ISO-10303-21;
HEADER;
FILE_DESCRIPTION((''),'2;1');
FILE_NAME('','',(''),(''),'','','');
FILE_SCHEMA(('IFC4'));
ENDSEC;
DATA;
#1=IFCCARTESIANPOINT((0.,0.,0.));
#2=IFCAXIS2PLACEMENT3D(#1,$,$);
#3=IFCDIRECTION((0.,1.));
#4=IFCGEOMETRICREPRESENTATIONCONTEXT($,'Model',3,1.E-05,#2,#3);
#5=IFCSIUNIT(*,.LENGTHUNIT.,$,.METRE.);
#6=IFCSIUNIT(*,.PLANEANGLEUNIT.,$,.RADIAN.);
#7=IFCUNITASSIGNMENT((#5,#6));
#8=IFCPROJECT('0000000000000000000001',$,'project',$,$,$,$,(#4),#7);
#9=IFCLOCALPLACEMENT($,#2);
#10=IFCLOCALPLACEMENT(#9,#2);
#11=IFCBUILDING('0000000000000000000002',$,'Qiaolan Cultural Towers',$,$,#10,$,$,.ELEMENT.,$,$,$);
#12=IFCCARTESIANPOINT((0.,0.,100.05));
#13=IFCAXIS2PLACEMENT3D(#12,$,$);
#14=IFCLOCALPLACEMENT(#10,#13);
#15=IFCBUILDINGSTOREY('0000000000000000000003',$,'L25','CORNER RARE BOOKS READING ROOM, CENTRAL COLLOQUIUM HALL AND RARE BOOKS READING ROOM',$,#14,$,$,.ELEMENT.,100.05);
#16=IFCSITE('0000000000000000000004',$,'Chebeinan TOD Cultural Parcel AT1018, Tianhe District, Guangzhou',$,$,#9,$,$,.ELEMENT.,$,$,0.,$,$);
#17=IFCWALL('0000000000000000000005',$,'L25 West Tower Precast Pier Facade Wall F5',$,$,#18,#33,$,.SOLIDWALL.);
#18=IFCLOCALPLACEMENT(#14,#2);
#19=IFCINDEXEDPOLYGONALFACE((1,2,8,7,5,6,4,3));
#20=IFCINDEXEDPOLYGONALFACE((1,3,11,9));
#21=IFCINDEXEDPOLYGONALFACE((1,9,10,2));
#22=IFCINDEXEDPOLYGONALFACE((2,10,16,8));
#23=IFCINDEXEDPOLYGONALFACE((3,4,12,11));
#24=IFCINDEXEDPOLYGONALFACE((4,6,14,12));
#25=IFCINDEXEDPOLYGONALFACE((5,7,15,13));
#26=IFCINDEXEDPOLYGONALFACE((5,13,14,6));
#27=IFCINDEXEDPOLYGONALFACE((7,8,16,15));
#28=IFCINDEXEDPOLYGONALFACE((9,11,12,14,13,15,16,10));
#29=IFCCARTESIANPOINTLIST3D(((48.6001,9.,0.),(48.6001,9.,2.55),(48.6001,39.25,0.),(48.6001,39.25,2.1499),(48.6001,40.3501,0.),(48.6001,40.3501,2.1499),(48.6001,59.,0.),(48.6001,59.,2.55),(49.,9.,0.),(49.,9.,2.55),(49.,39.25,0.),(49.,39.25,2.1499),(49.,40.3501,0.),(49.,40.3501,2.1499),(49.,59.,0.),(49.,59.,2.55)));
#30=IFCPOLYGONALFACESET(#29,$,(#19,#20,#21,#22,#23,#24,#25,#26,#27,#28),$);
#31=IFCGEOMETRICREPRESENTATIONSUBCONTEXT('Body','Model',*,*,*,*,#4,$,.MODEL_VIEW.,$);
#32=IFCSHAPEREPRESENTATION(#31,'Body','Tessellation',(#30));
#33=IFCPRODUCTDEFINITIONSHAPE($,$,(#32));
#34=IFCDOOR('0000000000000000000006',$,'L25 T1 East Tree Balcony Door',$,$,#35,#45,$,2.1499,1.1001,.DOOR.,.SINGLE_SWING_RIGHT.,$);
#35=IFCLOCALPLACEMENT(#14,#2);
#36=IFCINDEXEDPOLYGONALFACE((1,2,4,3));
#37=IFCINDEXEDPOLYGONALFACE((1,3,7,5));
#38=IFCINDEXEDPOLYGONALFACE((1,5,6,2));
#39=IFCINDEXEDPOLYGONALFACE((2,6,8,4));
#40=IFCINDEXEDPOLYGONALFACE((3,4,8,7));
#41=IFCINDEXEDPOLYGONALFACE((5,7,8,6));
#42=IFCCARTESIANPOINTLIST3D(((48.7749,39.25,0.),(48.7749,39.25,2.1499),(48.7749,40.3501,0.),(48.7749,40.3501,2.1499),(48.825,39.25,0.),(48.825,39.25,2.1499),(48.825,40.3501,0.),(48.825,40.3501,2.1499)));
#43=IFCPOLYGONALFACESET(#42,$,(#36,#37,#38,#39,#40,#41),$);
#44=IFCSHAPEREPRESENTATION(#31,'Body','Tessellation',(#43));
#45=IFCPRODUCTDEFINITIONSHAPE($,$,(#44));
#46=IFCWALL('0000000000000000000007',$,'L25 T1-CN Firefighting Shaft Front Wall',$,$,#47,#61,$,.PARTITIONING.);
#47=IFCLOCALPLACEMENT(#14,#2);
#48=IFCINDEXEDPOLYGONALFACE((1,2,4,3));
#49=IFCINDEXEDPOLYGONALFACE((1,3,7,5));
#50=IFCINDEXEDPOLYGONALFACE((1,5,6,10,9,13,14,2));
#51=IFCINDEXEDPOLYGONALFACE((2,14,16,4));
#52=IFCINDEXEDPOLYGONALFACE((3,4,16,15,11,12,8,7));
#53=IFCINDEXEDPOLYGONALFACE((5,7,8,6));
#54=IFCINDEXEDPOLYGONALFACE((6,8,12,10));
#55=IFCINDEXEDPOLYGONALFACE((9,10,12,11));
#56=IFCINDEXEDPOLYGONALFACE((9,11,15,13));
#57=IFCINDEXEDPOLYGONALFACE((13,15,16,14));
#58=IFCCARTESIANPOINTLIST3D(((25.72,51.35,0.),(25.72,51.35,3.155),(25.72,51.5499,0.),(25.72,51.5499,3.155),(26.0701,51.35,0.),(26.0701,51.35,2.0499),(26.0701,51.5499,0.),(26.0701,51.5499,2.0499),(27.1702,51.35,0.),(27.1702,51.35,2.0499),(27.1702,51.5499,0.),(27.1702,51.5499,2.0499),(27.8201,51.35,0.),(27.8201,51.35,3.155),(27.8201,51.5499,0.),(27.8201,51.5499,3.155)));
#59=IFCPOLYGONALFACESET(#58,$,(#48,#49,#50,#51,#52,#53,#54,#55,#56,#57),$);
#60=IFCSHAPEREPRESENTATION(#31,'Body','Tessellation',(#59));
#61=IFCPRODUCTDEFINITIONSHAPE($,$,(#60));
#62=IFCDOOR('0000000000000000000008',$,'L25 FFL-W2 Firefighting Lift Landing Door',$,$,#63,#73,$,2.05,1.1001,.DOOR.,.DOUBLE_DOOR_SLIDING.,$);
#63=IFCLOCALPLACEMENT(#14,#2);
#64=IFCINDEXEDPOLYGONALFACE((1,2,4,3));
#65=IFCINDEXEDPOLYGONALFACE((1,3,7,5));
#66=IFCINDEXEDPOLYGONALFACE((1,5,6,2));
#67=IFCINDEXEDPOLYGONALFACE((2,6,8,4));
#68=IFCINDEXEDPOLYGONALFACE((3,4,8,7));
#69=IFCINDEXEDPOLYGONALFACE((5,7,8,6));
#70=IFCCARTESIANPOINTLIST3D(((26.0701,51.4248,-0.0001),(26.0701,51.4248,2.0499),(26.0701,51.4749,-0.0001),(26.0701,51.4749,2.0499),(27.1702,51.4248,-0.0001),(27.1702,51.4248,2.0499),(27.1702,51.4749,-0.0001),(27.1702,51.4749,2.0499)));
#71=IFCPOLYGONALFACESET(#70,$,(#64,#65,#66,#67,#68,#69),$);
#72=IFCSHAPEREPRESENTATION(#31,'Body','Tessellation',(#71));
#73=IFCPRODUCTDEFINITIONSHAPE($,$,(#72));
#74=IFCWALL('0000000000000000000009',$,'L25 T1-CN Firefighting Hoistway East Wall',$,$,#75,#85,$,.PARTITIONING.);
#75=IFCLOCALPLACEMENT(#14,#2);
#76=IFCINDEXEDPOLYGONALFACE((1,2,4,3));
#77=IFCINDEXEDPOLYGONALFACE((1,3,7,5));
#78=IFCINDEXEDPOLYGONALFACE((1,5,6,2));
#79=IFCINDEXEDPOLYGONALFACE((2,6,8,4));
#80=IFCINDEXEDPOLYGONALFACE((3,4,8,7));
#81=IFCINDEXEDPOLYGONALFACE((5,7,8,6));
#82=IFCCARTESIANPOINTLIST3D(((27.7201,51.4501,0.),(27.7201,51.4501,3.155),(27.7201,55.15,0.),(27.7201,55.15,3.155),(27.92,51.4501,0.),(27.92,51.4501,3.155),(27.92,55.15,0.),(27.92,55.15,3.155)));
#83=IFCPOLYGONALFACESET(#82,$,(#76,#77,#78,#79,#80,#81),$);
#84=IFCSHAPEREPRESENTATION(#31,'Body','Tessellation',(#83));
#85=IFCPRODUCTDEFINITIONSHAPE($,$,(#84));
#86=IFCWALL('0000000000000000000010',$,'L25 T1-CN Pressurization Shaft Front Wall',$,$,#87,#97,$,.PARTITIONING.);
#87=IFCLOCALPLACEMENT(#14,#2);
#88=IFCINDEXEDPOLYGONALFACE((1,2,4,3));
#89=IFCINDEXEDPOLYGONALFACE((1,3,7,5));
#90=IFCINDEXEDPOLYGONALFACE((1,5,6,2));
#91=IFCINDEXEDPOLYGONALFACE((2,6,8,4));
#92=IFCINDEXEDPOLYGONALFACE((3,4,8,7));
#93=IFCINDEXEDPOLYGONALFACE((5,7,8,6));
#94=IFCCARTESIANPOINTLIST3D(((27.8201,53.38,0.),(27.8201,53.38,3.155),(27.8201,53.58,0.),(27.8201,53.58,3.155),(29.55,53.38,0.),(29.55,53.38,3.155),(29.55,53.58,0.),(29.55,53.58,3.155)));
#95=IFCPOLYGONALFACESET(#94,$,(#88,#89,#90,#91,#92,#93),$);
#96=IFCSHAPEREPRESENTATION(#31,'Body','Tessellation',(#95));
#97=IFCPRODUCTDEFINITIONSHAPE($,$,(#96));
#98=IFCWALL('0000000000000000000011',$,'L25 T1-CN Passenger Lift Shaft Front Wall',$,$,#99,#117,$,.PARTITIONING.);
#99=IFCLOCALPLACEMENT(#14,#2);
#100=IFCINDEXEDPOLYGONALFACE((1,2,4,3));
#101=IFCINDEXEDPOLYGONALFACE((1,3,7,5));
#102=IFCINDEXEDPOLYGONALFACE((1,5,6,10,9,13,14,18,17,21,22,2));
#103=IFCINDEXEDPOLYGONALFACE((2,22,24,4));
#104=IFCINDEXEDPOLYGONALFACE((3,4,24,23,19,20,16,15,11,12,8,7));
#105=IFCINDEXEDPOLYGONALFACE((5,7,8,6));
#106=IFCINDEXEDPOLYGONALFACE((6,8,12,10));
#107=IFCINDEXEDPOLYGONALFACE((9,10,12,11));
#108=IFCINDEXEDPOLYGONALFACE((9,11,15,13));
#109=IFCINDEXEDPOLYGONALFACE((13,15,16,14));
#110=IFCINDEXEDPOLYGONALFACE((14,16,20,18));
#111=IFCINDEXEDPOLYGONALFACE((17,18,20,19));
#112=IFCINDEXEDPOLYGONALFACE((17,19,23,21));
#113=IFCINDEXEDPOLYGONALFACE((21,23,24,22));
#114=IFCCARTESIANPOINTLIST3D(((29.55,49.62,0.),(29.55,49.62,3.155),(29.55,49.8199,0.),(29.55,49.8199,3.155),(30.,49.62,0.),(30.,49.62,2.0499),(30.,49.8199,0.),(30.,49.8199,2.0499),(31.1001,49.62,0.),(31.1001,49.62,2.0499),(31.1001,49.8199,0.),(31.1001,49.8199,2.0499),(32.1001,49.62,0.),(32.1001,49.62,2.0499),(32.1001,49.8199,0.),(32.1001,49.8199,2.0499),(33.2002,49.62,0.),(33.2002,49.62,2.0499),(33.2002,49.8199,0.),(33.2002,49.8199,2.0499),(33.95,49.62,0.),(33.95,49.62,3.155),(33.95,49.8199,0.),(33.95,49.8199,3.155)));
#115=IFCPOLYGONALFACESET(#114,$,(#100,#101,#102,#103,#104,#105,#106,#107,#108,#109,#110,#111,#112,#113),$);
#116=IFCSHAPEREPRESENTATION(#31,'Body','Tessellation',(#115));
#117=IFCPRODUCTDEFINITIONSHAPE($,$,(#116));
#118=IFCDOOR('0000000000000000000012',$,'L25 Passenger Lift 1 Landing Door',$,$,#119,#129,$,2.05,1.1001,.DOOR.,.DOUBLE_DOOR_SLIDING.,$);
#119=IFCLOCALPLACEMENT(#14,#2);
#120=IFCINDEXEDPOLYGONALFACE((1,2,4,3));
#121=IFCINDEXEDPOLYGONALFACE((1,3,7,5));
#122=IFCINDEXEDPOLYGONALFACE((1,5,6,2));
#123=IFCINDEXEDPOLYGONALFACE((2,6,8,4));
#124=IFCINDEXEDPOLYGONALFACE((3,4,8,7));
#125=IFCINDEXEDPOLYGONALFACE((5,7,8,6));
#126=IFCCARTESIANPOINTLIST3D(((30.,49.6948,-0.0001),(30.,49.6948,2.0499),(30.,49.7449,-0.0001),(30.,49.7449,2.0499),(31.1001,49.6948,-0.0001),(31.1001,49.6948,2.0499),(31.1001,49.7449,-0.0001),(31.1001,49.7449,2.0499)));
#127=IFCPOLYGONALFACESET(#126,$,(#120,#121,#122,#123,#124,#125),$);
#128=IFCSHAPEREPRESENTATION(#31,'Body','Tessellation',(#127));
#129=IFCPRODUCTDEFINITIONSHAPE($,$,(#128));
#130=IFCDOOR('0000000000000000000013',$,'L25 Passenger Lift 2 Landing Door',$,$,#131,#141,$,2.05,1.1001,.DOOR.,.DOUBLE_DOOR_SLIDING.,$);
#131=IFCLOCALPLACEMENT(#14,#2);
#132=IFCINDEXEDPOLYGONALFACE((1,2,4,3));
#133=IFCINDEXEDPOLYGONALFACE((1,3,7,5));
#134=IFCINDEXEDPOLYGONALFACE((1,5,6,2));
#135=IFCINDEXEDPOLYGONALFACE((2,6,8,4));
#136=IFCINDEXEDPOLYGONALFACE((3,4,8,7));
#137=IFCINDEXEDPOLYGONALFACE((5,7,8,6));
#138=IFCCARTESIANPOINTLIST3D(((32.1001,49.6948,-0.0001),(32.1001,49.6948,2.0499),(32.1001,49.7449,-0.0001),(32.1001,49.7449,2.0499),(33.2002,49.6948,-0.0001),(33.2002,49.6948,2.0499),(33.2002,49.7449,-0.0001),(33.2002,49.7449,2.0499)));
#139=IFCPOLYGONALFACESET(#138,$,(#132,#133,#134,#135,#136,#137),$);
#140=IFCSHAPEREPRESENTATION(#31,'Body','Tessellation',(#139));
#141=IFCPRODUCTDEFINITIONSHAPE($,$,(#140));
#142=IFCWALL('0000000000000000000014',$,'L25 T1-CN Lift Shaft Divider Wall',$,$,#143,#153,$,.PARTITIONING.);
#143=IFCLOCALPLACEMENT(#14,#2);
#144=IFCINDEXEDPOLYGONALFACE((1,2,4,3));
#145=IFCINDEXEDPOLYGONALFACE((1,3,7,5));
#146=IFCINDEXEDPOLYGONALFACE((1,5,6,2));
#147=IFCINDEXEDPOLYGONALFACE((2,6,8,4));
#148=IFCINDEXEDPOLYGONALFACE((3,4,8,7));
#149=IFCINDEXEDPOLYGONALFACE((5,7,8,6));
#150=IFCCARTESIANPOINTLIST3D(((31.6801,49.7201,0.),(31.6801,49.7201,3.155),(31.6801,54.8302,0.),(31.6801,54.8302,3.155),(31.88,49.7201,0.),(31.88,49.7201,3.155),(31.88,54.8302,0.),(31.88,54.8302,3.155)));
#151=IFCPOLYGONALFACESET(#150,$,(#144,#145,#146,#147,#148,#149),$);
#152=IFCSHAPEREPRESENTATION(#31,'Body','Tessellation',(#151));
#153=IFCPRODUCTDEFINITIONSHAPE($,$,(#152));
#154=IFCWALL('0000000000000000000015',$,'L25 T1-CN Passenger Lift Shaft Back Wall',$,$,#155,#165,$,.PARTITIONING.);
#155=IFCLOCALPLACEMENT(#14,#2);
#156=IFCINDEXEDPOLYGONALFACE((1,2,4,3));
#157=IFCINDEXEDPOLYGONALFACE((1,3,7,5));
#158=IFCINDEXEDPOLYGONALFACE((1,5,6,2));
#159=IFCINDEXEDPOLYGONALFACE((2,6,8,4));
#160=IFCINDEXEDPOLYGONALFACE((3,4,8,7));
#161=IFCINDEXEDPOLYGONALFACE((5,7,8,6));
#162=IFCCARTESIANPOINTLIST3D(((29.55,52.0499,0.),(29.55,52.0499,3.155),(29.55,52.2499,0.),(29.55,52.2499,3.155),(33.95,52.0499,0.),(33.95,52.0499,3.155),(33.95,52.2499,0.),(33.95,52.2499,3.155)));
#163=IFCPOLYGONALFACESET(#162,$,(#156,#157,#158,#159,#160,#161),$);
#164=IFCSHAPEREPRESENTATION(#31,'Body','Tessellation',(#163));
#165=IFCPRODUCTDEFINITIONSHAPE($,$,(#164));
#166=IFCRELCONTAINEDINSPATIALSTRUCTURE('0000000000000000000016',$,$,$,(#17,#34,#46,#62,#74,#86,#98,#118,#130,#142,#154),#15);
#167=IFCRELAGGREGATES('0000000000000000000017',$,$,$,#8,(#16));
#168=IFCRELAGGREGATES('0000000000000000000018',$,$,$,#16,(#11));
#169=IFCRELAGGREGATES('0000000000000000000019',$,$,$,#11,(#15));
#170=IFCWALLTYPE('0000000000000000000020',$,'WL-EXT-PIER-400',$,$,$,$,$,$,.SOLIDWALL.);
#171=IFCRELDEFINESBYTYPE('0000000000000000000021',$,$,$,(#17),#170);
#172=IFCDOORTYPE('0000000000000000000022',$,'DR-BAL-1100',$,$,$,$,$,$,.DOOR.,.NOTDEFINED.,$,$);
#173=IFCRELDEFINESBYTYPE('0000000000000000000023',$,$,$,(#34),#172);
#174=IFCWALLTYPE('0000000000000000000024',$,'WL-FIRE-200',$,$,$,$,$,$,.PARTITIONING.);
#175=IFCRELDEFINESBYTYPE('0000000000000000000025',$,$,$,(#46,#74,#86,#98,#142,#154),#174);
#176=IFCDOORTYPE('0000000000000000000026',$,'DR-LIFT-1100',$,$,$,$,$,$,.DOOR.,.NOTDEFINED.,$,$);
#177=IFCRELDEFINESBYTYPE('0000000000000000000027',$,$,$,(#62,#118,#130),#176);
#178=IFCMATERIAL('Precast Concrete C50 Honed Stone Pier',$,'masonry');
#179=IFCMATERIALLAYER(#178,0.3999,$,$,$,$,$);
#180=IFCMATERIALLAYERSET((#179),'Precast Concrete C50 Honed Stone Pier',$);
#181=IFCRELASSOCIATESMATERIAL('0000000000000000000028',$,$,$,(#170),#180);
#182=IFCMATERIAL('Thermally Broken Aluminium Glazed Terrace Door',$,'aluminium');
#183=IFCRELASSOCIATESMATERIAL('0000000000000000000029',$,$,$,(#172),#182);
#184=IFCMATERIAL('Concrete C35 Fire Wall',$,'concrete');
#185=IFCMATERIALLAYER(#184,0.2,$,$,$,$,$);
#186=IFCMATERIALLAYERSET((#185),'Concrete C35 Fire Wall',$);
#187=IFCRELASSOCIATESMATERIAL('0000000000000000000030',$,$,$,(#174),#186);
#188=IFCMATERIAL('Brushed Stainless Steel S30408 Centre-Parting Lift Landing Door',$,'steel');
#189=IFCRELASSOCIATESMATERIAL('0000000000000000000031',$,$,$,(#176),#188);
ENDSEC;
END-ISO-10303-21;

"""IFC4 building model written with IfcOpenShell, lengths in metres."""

from ifc_helpers import new_model, si_unit, direction, frame, frame_2d, origin, place, context, subcontext, project, spatial, rectangle, extrude, material, layer, layer_set, type_object, element, fill, save


model = new_model("IFC4")

# Units and contexts
model_context = context("Model", 3, precision=1e-05, world=origin(), true_north=direction((0.0, 1.0)))
body_context = subcontext(model_context, "Body", "Model", "MODEL_VIEW")
ifc_project = project(units=[si_unit("LENGTHUNIT", "METRE"), si_unit("PLANEANGLEUNIT", "RADIAN")], contexts=[model_context])

# Site, building, storey
site_placement = place(None, origin())
site = spatial("IfcSite", under=ifc_project, at=site_placement, Name="Chebeinan TOD Cultural Parcel AT1018, Tianhe District, Guangzhou", CompositionType="ELEMENT", RefElevation=0.0)
building_placement = place(site_placement, origin())
building = spatial("IfcBuilding", under=site, at=building_placement, Name="Qiaolan Cultural Towers", CompositionType="ELEMENT")
storey_placement = place(building_placement, frame((0.0, 0.0, 100.05)))
storey = spatial("IfcBuildingStorey", under=building, at=storey_placement, Name="L25", Description="CORNER RARE BOOKS READING ROOM, CENTRAL COLLOQUIUM HALL AND RARE BOOKS READING ROOM", CompositionType="ELEMENT", Elevation=100.05)

# Shared definitions
ifc_material_1 = material(Name="Precast Concrete C50 Honed Stone Pier", Category="masonry")
ifc_layer_1 = layer(ifc_material_1, 0.3999)
ifc_layer_set_1 = layer_set([ifc_layer_1], Name="Precast Concrete C50 Honed Stone Pier")
wall_type_1 = type_object("IfcWallType", Name="WL-EXT-PIER-400", PredefinedType="SOLIDWALL", material=ifc_layer_set_1)

# Walls, openings, doors
wall_1_placement = place(storey_placement, frame((48.8, 59.0, 0.0), z_axis=(0.0, 0.0, 1.0), x_axis=(0.0, -1.0, 0.0)))
wall_1 = element("IfcWall", 1, at=wall_1_placement, inside=storey, type_object=wall_type_1, Name="L25 West Tower Precast Pier Facade Wall F5", PredefinedType="SOLIDWALL", context=body_context, shape_type="SweptSolid", body=[
    extrude(rectangle(XDim=50.0, YDim=0.3999, at=frame_2d((25.0, 0.0))), origin(), (0.0, 0.0, 1.0), 2.55),
])
opening_1_placement = place(wall_1_placement, frame((18.6499, 0.0, 0.0)))
opening_1 = element("IfcOpeningElement", 2, at=opening_1_placement, cuts=wall_1, PredefinedType="OPENING", context=body_context, shape_type="SweptSolid", body=[
    extrude(rectangle(XDim=1.1001, YDim=2.1499, at=frame_2d((0.55, 1.075))), frame((0.0, 0.21, 0.0), z_axis=(0.0, -1.0, 0.0), x_axis=(1.0, 0.0, 0.0)), (0.0, 0.0, 1.0), 0.4199),
])
ifc_material_2 = material(Name="Thermally Broken Aluminium Glazed Terrace Door", Category="aluminium")
door_type_1 = type_object("IfcDoorType", Name="DR-BAL-1100", OperationType="NOTDEFINED", PredefinedType="DOOR", material=ifc_material_2)
door_1_placement = place(opening_1_placement, origin())
door_1 = element("IfcDoor", 3, at=door_1_placement, inside=storey, type_object=door_type_1, Name="L25 T1 East Tree Balcony Door", OperationType="SINGLE_SWING_RIGHT", OverallHeight=2.1499, OverallWidth=1.1001, PredefinedType="DOOR", context=body_context, shape_type="SweptSolid", body=[
    extrude(rectangle(XDim=1.1001, YDim=2.1499, at=frame_2d((0.55, 1.075))), frame((0.0, 0.0249, 0.0), z_axis=(0.0, -1.0, 0.0), x_axis=(1.0, 0.0, 0.0)), (0.0, 0.0, 1.0), 0.05),
])
fill(opening_1, door_1)
ifc_material_3 = material(Name="Concrete C35 Fire Wall", Category="concrete")
ifc_layer_2 = layer(ifc_material_3, 0.2)
ifc_layer_set_2 = layer_set([ifc_layer_2], Name="Concrete C35 Fire Wall")
wall_type_2 = type_object("IfcWallType", Name="WL-FIRE-200", PredefinedType="PARTITIONING", material=ifc_layer_set_2)
wall_2_placement = place(storey_placement, frame((25.72, 51.45, 0.0), z_axis=(0.0, 0.0, 1.0), x_axis=(1.0, 0.0, 0.0)))
wall_2 = element("IfcWall", 4, at=wall_2_placement, inside=storey, type_object=wall_type_2, Name="L25 T1-CN Firefighting Shaft Front Wall", PredefinedType="PARTITIONING", context=body_context, shape_type="SweptSolid", body=[
    extrude(rectangle(XDim=2.1001, YDim=0.2, at=frame_2d((1.05, 0.0))), origin(), (0.0, 0.0, 1.0), 3.155),
])
opening_2_placement = place(wall_2_placement, frame((0.3501, 0.0, 0.0)))
opening_2 = element("IfcOpeningElement", 5, at=opening_2_placement, cuts=wall_2, PredefinedType="OPENING", context=body_context, shape_type="SweptSolid", body=[
    extrude(rectangle(XDim=1.1001, YDim=2.05, at=frame_2d((0.55, 1.0249))), frame((0.0, 0.1099, 0.0), z_axis=(0.0, -1.0, 0.0), x_axis=(1.0, 0.0, 0.0)), (0.0, 0.0, 1.0), 0.22),
])
ifc_material_4 = material(Name="Brushed Stainless Steel S30408 Centre-Parting Lift Landing Door", Category="steel")
door_type_2 = type_object("IfcDoorType", Name="DR-LIFT-1100", OperationType="NOTDEFINED", PredefinedType="DOOR", material=ifc_material_4)
door_2_placement = place(opening_2_placement, origin())
door_2 = element("IfcDoor", 6, at=door_2_placement, inside=storey, type_object=door_type_2, Name="L25 FFL-W2 Firefighting Lift Landing Door", OperationType="DOUBLE_DOOR_SLIDING", OverallHeight=2.05, OverallWidth=1.1001, PredefinedType="DOOR", context=body_context, shape_type="SweptSolid", body=[
    extrude(rectangle(XDim=1.1001, YDim=2.05, at=frame_2d((0.55, 1.0249))), frame((0.0, 0.0249, 0.0), z_axis=(0.0, -1.0, 0.0), x_axis=(1.0, 0.0, 0.0)), (0.0, 0.0, 1.0), 0.05),
])
fill(opening_2, door_2)

# Walls
wall_3_placement = place(storey_placement, frame((27.8201, 51.45, 0.0), z_axis=(0.0, 0.0, 1.0), x_axis=(0.0, 1.0, 0.0)))
element("IfcWall", 7, at=wall_3_placement, inside=storey, type_object=wall_type_2, Name="L25 T1-CN Firefighting Hoistway East Wall", PredefinedType="PARTITIONING", context=body_context, shape_type="SweptSolid", body=[
    extrude(rectangle(XDim=3.7, YDim=0.2, at=frame_2d((1.8501, 0.0))), origin(), (0.0, 0.0, 1.0), 3.155),
])
wall_4_placement = place(storey_placement, frame((27.8201, 53.48, 0.0), z_axis=(0.0, 0.0, 1.0), x_axis=(1.0, 0.0, 0.0)))
element("IfcWall", 8, at=wall_4_placement, inside=storey, type_object=wall_type_2, Name="L25 T1-CN Pressurization Shaft Front Wall", PredefinedType="PARTITIONING", context=body_context, shape_type="SweptSolid", body=[
    extrude(rectangle(XDim=1.73, YDim=0.2, at=frame_2d((0.865, 0.0))), origin(), (0.0, 0.0, 1.0), 3.155),
])

# Wall, openings, doors
wall_5_placement = place(storey_placement, frame((29.55, 49.72, 0.0), z_axis=(0.0, 0.0, 1.0), x_axis=(1.0, 0.0, 0.0)))
wall_5 = element("IfcWall", 9, at=wall_5_placement, inside=storey, type_object=wall_type_2, Name="L25 T1-CN Passenger Lift Shaft Front Wall", PredefinedType="PARTITIONING", context=body_context, shape_type="SweptSolid", body=[
    extrude(rectangle(XDim=4.3999, YDim=0.2, at=frame_2d((2.2, 0.0))), origin(), (0.0, 0.0, 1.0), 3.155),
])
opening_3_placement = place(wall_5_placement, frame((0.45, 0.0, 0.0)))
opening_3 = element("IfcOpeningElement", 10, at=opening_3_placement, cuts=wall_5, PredefinedType="OPENING", context=body_context, shape_type="SweptSolid", body=[
    extrude(rectangle(XDim=1.1001, YDim=2.05, at=frame_2d((0.55, 1.0249))), frame((0.0, 0.1099, 0.0), z_axis=(0.0, -1.0, 0.0), x_axis=(1.0, 0.0, 0.0)), (0.0, 0.0, 1.0), 0.22),
])
opening_4_placement = place(wall_5_placement, frame((2.55, 0.0, 0.0)))
opening_4 = element("IfcOpeningElement", 11, at=opening_4_placement, cuts=wall_5, PredefinedType="OPENING", context=body_context, shape_type="SweptSolid", body=[
    extrude(rectangle(XDim=1.1001, YDim=2.05, at=frame_2d((0.55, 1.0249))), frame((0.0, 0.1099, 0.0), z_axis=(0.0, -1.0, 0.0), x_axis=(1.0, 0.0, 0.0)), (0.0, 0.0, 1.0), 0.22),
])
door_3_placement = place(opening_3_placement, origin())
door_3 = element("IfcDoor", 12, at=door_3_placement, inside=storey, type_object=door_type_2, Name="L25 Passenger Lift 1 Landing Door", OperationType="DOUBLE_DOOR_SLIDING", OverallHeight=2.05, OverallWidth=1.1001, PredefinedType="DOOR", context=body_context, shape_type="SweptSolid", body=[
    extrude(rectangle(XDim=1.1001, YDim=2.05, at=frame_2d((0.55, 1.0249))), frame((0.0, 0.0249, 0.0), z_axis=(0.0, -1.0, 0.0), x_axis=(1.0, 0.0, 0.0)), (0.0, 0.0, 1.0), 0.05),
])
fill(opening_3, door_3)
door_4_placement = place(opening_4_placement, origin())
door_4 = element("IfcDoor", 13, at=door_4_placement, inside=storey, type_object=door_type_2, Name="L25 Passenger Lift 2 Landing Door", OperationType="DOUBLE_DOOR_SLIDING", OverallHeight=2.05, OverallWidth=1.1001, PredefinedType="DOOR", context=body_context, shape_type="SweptSolid", body=[
    extrude(rectangle(XDim=1.1001, YDim=2.05, at=frame_2d((0.55, 1.0249))), frame((0.0, 0.0249, 0.0), z_axis=(0.0, -1.0, 0.0), x_axis=(1.0, 0.0, 0.0)), (0.0, 0.0, 1.0), 0.05),
])
fill(opening_4, door_4)

# Walls
wall_6_placement = place(storey_placement, frame((31.78, 49.72, 0.0), z_axis=(0.0, 0.0, 1.0), x_axis=(0.0, 1.0, 0.0)))
element("IfcWall", 14, at=wall_6_placement, inside=storey, type_object=wall_type_2, Name="L25 T1-CN Lift Shaft Divider Wall", PredefinedType="PARTITIONING", context=body_context, shape_type="SweptSolid", body=[
    extrude(rectangle(XDim=5.1101, YDim=0.2, at=frame_2d((2.5552, 0.0))), origin(), (0.0, 0.0, 1.0), 3.155),
])
wall_7_placement = place(storey_placement, frame((29.55, 52.1499, 0.0), z_axis=(0.0, 0.0, 1.0), x_axis=(1.0, 0.0, 0.0)))
element("IfcWall", 15, at=wall_7_placement, inside=storey, type_object=wall_type_2, Name="L25 T1-CN Passenger Lift Shaft Back Wall", PredefinedType="PARTITIONING", context=body_context, shape_type="SweptSolid", body=[
    extrude(rectangle(XDim=4.3999, YDim=0.2, at=frame_2d((2.2, 0.0))), origin(), (0.0, 0.0, 1.0), 3.155),
])

save(model, "model.ifc")
